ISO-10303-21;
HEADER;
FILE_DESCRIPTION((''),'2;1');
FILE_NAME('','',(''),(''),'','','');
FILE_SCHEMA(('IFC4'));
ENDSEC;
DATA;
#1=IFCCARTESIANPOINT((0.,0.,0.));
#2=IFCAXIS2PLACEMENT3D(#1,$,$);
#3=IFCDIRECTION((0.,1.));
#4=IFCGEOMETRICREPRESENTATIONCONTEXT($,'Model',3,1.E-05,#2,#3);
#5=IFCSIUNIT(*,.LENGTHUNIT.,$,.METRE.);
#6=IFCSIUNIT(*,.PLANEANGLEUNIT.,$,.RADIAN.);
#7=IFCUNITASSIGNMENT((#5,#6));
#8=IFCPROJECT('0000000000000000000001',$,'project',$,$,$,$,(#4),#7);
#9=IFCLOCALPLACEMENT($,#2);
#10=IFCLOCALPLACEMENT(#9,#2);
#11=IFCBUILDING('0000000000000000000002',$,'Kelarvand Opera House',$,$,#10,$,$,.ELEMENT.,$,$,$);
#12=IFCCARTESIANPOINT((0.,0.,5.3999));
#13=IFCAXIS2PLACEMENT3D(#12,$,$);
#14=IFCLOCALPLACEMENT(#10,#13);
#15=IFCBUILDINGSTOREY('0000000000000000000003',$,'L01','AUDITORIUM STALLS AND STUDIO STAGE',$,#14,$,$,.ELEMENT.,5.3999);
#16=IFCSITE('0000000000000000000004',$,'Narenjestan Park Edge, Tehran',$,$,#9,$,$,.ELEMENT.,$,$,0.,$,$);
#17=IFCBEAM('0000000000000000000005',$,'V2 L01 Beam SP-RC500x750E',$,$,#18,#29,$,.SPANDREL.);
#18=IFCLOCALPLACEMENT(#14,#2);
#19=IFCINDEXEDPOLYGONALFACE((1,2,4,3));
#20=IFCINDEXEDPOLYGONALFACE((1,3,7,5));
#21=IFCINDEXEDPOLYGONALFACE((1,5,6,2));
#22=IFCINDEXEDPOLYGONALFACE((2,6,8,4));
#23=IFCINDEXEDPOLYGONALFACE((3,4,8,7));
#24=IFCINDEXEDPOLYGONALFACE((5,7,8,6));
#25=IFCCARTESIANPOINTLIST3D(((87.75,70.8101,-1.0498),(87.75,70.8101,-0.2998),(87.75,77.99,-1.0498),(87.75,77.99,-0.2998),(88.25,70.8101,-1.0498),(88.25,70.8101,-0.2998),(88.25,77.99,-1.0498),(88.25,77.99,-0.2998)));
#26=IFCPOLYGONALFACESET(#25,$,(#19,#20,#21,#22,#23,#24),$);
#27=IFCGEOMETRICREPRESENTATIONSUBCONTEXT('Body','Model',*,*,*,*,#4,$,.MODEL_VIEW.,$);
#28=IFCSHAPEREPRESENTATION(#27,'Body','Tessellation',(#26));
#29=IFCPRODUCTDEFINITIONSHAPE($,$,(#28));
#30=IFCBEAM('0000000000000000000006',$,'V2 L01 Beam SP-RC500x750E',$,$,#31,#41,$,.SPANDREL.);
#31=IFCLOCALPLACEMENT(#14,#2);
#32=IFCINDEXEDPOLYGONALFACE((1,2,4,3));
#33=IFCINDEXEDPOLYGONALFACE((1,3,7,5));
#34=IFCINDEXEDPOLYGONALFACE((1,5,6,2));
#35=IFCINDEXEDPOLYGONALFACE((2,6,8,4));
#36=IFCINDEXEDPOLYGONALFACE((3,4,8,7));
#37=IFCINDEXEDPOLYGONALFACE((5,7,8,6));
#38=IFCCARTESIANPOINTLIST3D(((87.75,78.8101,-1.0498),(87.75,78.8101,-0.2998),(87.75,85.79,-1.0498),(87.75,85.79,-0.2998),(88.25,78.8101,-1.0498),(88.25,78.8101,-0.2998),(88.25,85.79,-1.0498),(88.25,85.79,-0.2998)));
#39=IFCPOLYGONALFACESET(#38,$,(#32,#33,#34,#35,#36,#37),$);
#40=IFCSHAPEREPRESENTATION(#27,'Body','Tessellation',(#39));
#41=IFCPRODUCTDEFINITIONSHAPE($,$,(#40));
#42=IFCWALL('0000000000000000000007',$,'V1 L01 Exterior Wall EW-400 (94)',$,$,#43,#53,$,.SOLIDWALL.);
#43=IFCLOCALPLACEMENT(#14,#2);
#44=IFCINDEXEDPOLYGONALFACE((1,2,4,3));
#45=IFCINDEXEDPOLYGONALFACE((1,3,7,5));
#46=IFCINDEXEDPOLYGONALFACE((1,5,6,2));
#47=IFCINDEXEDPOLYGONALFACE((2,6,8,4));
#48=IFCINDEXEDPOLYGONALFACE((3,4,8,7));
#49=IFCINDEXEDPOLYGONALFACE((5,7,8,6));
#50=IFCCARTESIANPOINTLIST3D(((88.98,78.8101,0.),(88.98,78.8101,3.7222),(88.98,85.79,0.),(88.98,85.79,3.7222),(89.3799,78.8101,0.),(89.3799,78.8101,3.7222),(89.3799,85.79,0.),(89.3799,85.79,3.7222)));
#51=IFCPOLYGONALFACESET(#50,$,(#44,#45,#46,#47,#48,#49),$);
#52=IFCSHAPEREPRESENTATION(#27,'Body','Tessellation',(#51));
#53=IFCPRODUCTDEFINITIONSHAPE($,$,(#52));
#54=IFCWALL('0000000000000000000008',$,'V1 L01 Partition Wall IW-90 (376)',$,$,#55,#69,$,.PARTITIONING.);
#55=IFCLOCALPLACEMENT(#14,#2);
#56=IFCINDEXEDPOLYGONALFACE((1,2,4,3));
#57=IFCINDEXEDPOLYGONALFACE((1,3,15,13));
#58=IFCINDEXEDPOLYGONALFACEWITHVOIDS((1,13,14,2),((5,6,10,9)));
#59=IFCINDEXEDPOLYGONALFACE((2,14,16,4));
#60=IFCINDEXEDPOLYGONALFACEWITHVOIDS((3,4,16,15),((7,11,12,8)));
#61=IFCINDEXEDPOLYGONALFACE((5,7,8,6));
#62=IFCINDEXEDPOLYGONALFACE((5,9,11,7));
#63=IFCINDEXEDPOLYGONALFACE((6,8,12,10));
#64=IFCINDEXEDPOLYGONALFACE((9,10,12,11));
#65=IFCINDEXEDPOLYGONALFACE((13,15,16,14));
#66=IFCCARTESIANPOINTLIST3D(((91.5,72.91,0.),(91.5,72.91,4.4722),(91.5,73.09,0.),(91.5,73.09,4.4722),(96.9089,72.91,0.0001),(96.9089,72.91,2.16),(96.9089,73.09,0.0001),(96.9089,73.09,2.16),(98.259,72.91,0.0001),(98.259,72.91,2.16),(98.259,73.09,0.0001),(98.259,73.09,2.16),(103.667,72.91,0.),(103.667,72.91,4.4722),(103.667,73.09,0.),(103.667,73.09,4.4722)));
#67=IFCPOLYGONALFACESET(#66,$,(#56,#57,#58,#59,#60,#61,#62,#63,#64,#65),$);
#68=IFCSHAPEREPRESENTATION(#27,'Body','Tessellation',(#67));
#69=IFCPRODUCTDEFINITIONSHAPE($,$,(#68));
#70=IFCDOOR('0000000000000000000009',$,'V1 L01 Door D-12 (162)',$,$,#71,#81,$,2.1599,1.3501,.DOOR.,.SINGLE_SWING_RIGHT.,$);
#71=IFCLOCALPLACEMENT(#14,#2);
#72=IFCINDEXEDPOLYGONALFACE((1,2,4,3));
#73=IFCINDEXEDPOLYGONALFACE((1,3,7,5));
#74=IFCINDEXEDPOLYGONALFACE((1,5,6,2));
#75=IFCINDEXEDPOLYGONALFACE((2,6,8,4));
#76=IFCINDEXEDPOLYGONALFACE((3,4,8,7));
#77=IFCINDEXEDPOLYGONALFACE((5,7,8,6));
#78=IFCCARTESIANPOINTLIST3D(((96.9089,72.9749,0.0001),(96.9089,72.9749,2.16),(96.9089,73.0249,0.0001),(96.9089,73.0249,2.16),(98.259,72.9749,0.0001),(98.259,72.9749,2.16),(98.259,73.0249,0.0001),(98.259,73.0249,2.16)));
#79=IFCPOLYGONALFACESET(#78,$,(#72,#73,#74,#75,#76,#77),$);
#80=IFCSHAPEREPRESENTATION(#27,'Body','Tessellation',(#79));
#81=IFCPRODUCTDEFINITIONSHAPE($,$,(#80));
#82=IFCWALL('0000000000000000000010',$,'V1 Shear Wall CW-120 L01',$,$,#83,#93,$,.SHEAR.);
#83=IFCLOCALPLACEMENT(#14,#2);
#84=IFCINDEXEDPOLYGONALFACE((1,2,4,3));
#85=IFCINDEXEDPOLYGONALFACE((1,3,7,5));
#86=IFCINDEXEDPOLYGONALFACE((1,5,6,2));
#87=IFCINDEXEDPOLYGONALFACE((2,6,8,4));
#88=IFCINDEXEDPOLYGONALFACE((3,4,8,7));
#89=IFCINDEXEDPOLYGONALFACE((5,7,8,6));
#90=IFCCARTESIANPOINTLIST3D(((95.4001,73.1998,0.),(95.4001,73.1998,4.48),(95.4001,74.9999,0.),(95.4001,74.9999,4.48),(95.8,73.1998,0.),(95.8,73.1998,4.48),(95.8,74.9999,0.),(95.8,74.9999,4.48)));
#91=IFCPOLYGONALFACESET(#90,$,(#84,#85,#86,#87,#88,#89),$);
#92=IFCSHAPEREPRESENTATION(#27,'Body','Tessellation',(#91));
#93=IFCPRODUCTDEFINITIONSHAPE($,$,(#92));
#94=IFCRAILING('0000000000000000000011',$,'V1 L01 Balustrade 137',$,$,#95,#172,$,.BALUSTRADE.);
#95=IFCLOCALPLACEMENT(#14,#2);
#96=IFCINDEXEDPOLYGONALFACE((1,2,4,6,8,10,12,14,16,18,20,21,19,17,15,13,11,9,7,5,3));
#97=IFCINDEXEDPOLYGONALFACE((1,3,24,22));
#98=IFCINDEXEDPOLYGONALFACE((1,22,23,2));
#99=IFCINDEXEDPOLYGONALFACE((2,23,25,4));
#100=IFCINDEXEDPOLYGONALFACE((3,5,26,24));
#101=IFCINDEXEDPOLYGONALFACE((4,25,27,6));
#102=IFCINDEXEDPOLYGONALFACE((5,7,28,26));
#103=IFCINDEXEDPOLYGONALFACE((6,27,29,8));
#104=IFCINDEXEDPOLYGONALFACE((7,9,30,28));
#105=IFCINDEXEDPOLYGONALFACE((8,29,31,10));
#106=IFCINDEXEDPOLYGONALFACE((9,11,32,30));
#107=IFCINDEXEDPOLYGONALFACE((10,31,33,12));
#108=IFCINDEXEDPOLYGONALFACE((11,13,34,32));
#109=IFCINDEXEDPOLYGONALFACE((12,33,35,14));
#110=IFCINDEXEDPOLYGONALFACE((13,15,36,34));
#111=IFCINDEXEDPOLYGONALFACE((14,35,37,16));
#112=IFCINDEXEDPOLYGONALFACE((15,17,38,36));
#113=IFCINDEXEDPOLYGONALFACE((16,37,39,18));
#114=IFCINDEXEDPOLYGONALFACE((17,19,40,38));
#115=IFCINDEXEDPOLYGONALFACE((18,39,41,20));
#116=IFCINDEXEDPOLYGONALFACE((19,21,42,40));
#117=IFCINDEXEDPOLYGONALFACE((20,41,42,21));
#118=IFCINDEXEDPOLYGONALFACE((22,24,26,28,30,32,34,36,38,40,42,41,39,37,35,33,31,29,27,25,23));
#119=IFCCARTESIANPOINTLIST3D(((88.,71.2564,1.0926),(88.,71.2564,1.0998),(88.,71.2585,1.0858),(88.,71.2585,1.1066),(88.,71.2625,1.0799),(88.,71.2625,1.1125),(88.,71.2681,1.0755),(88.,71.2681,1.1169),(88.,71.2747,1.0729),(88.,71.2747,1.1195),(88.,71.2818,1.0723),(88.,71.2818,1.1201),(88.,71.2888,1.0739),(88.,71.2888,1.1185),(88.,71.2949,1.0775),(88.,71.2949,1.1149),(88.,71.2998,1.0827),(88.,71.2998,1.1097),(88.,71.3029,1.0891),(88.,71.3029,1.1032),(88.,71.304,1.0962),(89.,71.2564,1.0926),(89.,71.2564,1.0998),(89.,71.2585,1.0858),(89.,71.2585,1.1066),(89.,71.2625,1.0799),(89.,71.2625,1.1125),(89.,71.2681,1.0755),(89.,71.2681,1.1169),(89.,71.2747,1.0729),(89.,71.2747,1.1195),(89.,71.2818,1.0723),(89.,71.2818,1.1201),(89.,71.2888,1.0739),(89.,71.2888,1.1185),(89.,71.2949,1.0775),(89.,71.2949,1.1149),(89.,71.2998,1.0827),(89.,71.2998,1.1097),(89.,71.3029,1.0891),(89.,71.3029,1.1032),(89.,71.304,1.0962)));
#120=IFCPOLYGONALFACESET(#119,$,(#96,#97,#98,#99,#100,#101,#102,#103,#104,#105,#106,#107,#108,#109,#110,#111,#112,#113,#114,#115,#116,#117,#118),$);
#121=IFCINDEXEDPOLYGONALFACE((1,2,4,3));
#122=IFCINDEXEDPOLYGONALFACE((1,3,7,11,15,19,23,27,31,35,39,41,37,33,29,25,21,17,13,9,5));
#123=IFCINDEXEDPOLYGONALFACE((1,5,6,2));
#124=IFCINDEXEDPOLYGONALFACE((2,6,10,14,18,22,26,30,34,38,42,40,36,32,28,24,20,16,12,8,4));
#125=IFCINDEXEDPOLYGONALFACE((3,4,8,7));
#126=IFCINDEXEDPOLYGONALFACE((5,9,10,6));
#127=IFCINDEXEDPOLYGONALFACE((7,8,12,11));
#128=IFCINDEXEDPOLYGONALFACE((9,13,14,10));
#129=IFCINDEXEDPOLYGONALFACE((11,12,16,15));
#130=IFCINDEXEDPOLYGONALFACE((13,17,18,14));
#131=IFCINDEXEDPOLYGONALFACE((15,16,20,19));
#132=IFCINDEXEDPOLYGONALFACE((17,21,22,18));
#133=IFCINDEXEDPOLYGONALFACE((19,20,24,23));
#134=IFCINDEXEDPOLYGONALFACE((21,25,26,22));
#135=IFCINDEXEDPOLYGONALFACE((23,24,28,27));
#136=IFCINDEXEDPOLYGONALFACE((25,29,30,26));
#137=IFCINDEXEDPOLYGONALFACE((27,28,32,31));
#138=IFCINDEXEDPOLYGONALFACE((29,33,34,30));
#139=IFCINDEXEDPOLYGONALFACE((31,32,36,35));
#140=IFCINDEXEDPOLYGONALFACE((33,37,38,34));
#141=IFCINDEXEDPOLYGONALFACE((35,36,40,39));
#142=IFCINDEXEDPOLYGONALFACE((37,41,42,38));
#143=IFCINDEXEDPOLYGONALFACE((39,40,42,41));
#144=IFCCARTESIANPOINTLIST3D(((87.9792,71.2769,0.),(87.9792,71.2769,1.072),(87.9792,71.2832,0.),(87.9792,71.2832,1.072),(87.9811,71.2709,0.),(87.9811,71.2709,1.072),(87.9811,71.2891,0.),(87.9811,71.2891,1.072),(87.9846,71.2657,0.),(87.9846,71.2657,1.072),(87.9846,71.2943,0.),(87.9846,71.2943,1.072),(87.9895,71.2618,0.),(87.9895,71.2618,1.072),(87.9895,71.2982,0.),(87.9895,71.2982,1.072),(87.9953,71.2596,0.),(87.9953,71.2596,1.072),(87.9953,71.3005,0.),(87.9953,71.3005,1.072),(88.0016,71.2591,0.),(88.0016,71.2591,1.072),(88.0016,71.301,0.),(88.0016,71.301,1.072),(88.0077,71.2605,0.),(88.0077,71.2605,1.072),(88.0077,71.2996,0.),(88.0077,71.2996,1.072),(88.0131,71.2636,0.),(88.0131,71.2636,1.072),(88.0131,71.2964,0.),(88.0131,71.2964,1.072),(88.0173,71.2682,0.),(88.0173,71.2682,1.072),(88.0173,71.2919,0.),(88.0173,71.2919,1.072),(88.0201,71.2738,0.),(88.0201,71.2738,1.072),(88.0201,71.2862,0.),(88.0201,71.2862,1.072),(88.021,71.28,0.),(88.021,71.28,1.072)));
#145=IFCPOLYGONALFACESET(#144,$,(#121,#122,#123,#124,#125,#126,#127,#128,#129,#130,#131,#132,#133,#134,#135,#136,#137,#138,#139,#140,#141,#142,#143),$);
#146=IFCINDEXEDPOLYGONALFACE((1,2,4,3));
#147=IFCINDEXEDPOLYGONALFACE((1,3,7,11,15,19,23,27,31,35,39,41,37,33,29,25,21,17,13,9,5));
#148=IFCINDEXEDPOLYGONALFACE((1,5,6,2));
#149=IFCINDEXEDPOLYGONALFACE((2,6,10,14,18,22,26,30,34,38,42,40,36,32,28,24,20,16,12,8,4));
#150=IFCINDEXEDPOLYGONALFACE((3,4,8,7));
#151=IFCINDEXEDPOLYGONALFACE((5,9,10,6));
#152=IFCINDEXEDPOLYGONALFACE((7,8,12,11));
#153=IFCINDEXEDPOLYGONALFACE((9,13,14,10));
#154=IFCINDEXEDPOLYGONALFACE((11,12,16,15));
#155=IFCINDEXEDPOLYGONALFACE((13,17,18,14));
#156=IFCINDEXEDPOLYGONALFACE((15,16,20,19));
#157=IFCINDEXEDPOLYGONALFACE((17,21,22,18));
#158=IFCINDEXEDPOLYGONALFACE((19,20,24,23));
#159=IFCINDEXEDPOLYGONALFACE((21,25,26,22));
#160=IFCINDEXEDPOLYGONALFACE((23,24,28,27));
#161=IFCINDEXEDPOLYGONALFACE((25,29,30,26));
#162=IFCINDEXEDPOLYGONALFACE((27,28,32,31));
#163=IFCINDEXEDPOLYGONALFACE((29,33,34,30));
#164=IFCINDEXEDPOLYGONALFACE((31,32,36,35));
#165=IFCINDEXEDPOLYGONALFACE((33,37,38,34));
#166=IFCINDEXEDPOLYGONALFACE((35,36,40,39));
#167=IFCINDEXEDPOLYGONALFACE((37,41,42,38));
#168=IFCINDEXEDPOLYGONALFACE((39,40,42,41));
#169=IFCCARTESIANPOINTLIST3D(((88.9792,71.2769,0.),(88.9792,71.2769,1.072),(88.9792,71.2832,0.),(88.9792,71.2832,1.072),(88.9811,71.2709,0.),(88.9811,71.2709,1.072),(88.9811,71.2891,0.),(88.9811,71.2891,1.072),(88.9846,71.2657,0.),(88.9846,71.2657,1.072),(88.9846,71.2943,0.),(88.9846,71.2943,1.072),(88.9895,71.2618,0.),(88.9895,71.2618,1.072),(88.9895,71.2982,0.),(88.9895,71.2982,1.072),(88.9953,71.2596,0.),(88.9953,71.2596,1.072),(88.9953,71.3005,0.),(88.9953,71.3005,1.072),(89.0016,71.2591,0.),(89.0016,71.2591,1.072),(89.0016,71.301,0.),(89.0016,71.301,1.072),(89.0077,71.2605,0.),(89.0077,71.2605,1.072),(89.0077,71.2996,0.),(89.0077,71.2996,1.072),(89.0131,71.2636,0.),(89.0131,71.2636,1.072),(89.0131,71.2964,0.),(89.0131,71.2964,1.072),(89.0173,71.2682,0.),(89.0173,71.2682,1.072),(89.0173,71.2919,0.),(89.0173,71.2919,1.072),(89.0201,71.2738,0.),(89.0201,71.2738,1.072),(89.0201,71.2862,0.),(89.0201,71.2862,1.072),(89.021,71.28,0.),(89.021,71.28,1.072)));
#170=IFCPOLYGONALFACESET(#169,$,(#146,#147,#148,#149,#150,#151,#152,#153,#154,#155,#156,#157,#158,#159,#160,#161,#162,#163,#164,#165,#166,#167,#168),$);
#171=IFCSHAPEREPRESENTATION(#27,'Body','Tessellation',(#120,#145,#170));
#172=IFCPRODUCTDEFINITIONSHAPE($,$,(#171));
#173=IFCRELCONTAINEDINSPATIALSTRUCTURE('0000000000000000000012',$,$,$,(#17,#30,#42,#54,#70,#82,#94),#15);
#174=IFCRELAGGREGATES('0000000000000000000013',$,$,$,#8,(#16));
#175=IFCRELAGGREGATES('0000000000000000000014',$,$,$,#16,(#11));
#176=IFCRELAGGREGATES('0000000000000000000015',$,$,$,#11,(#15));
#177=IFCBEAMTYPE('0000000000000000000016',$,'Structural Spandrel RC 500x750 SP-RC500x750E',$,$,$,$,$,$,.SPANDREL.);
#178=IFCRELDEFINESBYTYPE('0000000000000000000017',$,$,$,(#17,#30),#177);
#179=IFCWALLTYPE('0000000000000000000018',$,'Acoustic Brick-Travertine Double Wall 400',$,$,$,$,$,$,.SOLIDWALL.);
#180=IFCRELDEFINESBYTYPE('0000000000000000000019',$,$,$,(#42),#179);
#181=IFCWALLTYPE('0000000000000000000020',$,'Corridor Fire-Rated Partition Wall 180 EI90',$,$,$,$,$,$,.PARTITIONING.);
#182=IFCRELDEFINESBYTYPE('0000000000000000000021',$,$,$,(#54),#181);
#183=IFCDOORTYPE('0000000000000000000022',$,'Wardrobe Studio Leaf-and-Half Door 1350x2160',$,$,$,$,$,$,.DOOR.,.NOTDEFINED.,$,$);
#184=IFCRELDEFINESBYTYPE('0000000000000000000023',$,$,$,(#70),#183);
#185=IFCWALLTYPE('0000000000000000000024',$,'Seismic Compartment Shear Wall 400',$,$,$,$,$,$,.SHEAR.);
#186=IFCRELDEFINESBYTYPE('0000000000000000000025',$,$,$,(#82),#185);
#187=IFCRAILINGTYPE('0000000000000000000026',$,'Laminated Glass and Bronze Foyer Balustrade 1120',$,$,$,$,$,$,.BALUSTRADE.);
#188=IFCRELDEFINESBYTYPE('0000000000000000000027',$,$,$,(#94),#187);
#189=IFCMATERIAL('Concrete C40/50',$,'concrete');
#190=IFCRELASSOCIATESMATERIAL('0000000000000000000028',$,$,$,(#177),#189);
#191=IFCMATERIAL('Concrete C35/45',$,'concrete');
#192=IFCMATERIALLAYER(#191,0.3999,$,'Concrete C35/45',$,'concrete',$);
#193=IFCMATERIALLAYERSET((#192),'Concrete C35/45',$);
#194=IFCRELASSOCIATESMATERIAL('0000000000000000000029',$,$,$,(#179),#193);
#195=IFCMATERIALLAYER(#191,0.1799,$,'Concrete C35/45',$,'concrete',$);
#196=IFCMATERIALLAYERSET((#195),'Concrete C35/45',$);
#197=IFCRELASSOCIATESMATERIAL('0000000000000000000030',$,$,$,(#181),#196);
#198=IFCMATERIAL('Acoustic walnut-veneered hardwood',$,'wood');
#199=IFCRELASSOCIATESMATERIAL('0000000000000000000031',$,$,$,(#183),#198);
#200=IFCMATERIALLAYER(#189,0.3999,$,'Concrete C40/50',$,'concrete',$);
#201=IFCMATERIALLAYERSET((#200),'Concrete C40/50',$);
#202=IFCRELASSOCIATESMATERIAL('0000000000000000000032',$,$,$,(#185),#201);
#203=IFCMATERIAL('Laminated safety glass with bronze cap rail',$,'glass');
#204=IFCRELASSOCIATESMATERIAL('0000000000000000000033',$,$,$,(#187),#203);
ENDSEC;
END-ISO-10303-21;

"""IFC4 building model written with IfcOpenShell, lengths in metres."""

from ifc_helpers import new_model, si_unit, direction, frame, frame_2d, origin, origin_2d, place, context, subcontext, project, spatial, rectangle, circle, extrude, material, layer, layer_set, material_profile, profile_set, type_object, element, fill, save


model = new_model("IFC4")

# Units and contexts
model_context = context("Model", 3, precision=1e-05, world=origin(), true_north=direction((0.0, 1.0)))
body_context = subcontext(model_context, "Body", "Model", "MODEL_VIEW")
ifc_project = project(units=[si_unit("LENGTHUNIT", "METRE"), si_unit("PLANEANGLEUNIT", "RADIAN")], contexts=[model_context])

# Site, building, storey
site_placement = place(None, origin())
site = spatial("IfcSite", under=ifc_project, at=site_placement, Name="Narenjestan Park Edge, Tehran", CompositionType="ELEMENT", RefElevation=0.0)
building_placement = place(site_placement, origin())
building = spatial("IfcBuilding", under=site, at=building_placement, Name="Kelarvand Opera House", CompositionType="ELEMENT")
storey_placement = place(building_placement, frame((0.0, 0.0, 5.3999)))
storey = spatial("IfcBuildingStorey", under=building, at=storey_placement, Name="L01", Description="AUDITORIUM STALLS AND STUDIO STAGE", CompositionType="ELEMENT", Elevation=5.3999)

# Shared definitions
ifc_material_1 = material(Name="Concrete C40/50", Category="concrete")

# Beams
ifc_material_profile_1 = material_profile(ifc_material_1, rectangle(XDim=0.5, YDim=0.75, at=origin_2d()), Name="RC 500x750", Category="concrete")
ifc_profile_set_1 = profile_set([ifc_material_profile_1], Name="Concrete C40/50")
beam_type_1 = type_object("IfcBeamType", Name="Structural Spandrel RC 500x750 SP-RC500x750E", PredefinedType="SPANDREL", material=ifc_profile_set_1)
beam_1_placement = place(storey_placement, frame((88.0, 70.8101, -0.6748), z_axis=(0.0, 1.0, 0.0), x_axis=(-1.0, 0.0, 0.0)))
element("IfcBeam", 1, at=beam_1_placement, inside=storey, type_object=beam_type_1, Name="V2 L01 Beam SP-RC500x750E", PredefinedType="SPANDREL", context=body_context, shape_type="SweptSolid", body=[
    extrude(rectangle(XDim=0.5, YDim=0.75, at=origin_2d()), origin(), (0.0, 0.0, 1.0), 7.1799),
])
beam_2_placement = place(storey_placement, frame((88.0, 78.8101, -0.6748), z_axis=(0.0, 1.0, 0.0), x_axis=(-1.0, 0.0, 0.0)))
element("IfcBeam", 2, at=beam_2_placement, inside=storey, type_object=beam_type_1, Name="V2 L01 Beam SP-RC500x750E", PredefinedType="SPANDREL", context=body_context, shape_type="SweptSolid", body=[
    extrude(rectangle(XDim=0.5, YDim=0.75, at=origin_2d()), origin(), (0.0, 0.0, 1.0), 6.98),
])

# Wall
ifc_material_2 = material(Name="Concrete C35/45", Category="concrete")
ifc_layer_1 = layer(ifc_material_2, 0.3999, Name="Concrete C35/45", Category="concrete")
ifc_layer_set_1 = layer_set([ifc_layer_1], Name="Concrete C35/45")
wall_type_1 = type_object("IfcWallType", Name="Acoustic Brick-Travertine Double Wall 400", PredefinedType="SOLIDWALL", material=ifc_layer_set_1)
wall_1_placement = place(storey_placement, frame((89.1799, 78.8101, 0.0), z_axis=(0.0, 0.0, 1.0), x_axis=(0.0, 1.0, 0.0)))
element("IfcWall", 3, at=wall_1_placement, inside=storey, type_object=wall_type_1, Name="V1 L01 Exterior Wall EW-400 (94)", PredefinedType="SOLIDWALL", context=body_context, shape_type="SweptSolid", body=[
    extrude(rectangle(XDim=6.98, YDim=0.3999, at=frame_2d((3.49, 0.0))), origin(), (0.0, 0.0, 1.0), 3.7222),
])

# Wall, opening, door
ifc_layer_2 = layer(ifc_material_2, 0.1799, Name="Concrete C35/45", Category="concrete")
ifc_layer_set_2 = layer_set([ifc_layer_2], Name="Concrete C35/45")
wall_type_2 = type_object("IfcWallType", Name="Corridor Fire-Rated Partition Wall 180 EI90", PredefinedType="PARTITIONING", material=ifc_layer_set_2)
wall_2_placement = place(storey_placement, frame((91.5, 73.0, 0.0), z_axis=(0.0, 0.0, 1.0), x_axis=(1.0, 0.0, 0.0)))
wall_2 = element("IfcWall", 4, at=wall_2_placement, inside=storey, type_object=wall_type_2, Name="V1 L01 Partition Wall IW-90 (376)", PredefinedType="PARTITIONING", context=body_context, shape_type="SweptSolid", body=[
    extrude(rectangle(XDim=12.167, YDim=0.1799, at=frame_2d((6.0835, 0.0))), origin(), (0.0, 0.0, 1.0), 4.4722),
])
opening_placement = place(wall_2_placement, frame((5.4089, 0.0, 0.0)))
opening = element("IfcOpeningElement", 5, at=opening_placement, cuts=wall_2, PredefinedType="OPENING", context=body_context, shape_type="SweptSolid", body=[
    extrude(rectangle(XDim=1.3501, YDim=2.1599, at=frame_2d((0.675, 1.0801))), frame((0.0, 0.1001, 0.0), z_axis=(0.0, -1.0, 0.0), x_axis=(1.0, 0.0, 0.0)), (0.0, 0.0, 1.0), 0.2),
])
ifc_material_3 = material(Name="Acoustic walnut-veneered hardwood", Category="wood")
door_type = type_object("IfcDoorType", Name="Wardrobe Studio Leaf-and-Half Door 1350x2160", OperationType="NOTDEFINED", PredefinedType="DOOR", material=ifc_material_3)
door_placement = place(opening_placement, origin())
door = element("IfcDoor", 6, at=door_placement, inside=storey, type_object=door_type, Name="V1 L01 Door D-12 (162)", OperationType="SINGLE_SWING_RIGHT", OverallHeight=2.1599, OverallWidth=1.3501, PredefinedType="DOOR", context=body_context, shape_type="SweptSolid", body=[
    extrude(rectangle(XDim=1.3501, YDim=2.1599, at=frame_2d((0.675, 1.0801))), frame((0.0, 0.0249, 0.0), z_axis=(0.0, -1.0, 0.0), x_axis=(1.0, 0.0, 0.0)), (0.0, 0.0, 1.0), 0.05),
])
fill(opening, door)

# Wall
ifc_layer_3 = layer(ifc_material_1, 0.3999, Name="Concrete C40/50", Category="concrete")
ifc_layer_set_3 = layer_set([ifc_layer_3], Name="Concrete C40/50")
wall_type_3 = type_object("IfcWallType", Name="Seismic Compartment Shear Wall 400", PredefinedType="SHEAR", material=ifc_layer_set_3)
wall_3_placement = place(storey_placement, frame((95.6001, 73.2, 0.0), z_axis=(0.0, 0.0, 1.0), x_axis=(0.0, 1.0, 0.0)))
element("IfcWall", 7, at=wall_3_placement, inside=storey, type_object=wall_type_3, Name="V1 Shear Wall CW-120 L01", PredefinedType="SHEAR", context=body_context, shape_type="SweptSolid", body=[
    extrude(rectangle(XDim=1.8, YDim=0.3999, at=frame_2d((0.8999, 0.0))), origin(), (0.0, 0.0, 1.0), 4.48),
])

# Railing
ifc_material_4 = material(Name="Laminated safety glass with bronze cap rail", Category="glass")
railing_type = type_object("IfcRailingType", Name="Laminated Glass and Bronze Foyer Balustrade 1120", PredefinedType="BALUSTRADE", material=ifc_material_4)
for number, where, name in (
    (8, (88.0, 71.28, 0.0), "V1 L01 Balustrade 137"),
):
    element("IfcRailing", number, at=place(storey_placement, frame(where)), inside=storey, type_object=railing_type, Name=name, PredefinedType="BALUSTRADE", context=body_context, shape_type="SweptSolid", body=[
        extrude(circle(Radius=0.0239, at=origin_2d()), frame((0.0, 0.0, 1.0962), z_axis=(1.0, 0.0, 0.0), x_axis=(0.0, 1.0, 0.0)), (0.0, 0.0, 1.0), 1.0),
        extrude(circle(Radius=0.021, at=origin_2d()), origin(), (0.0, 0.0, 1.0), 1.072),
        extrude(circle(Radius=0.021, at=origin_2d()), frame((1.0, 0.0, 0.0)), (0.0, 0.0, 1.0), 1.072),
    ])

save(model, "model.ifc")
